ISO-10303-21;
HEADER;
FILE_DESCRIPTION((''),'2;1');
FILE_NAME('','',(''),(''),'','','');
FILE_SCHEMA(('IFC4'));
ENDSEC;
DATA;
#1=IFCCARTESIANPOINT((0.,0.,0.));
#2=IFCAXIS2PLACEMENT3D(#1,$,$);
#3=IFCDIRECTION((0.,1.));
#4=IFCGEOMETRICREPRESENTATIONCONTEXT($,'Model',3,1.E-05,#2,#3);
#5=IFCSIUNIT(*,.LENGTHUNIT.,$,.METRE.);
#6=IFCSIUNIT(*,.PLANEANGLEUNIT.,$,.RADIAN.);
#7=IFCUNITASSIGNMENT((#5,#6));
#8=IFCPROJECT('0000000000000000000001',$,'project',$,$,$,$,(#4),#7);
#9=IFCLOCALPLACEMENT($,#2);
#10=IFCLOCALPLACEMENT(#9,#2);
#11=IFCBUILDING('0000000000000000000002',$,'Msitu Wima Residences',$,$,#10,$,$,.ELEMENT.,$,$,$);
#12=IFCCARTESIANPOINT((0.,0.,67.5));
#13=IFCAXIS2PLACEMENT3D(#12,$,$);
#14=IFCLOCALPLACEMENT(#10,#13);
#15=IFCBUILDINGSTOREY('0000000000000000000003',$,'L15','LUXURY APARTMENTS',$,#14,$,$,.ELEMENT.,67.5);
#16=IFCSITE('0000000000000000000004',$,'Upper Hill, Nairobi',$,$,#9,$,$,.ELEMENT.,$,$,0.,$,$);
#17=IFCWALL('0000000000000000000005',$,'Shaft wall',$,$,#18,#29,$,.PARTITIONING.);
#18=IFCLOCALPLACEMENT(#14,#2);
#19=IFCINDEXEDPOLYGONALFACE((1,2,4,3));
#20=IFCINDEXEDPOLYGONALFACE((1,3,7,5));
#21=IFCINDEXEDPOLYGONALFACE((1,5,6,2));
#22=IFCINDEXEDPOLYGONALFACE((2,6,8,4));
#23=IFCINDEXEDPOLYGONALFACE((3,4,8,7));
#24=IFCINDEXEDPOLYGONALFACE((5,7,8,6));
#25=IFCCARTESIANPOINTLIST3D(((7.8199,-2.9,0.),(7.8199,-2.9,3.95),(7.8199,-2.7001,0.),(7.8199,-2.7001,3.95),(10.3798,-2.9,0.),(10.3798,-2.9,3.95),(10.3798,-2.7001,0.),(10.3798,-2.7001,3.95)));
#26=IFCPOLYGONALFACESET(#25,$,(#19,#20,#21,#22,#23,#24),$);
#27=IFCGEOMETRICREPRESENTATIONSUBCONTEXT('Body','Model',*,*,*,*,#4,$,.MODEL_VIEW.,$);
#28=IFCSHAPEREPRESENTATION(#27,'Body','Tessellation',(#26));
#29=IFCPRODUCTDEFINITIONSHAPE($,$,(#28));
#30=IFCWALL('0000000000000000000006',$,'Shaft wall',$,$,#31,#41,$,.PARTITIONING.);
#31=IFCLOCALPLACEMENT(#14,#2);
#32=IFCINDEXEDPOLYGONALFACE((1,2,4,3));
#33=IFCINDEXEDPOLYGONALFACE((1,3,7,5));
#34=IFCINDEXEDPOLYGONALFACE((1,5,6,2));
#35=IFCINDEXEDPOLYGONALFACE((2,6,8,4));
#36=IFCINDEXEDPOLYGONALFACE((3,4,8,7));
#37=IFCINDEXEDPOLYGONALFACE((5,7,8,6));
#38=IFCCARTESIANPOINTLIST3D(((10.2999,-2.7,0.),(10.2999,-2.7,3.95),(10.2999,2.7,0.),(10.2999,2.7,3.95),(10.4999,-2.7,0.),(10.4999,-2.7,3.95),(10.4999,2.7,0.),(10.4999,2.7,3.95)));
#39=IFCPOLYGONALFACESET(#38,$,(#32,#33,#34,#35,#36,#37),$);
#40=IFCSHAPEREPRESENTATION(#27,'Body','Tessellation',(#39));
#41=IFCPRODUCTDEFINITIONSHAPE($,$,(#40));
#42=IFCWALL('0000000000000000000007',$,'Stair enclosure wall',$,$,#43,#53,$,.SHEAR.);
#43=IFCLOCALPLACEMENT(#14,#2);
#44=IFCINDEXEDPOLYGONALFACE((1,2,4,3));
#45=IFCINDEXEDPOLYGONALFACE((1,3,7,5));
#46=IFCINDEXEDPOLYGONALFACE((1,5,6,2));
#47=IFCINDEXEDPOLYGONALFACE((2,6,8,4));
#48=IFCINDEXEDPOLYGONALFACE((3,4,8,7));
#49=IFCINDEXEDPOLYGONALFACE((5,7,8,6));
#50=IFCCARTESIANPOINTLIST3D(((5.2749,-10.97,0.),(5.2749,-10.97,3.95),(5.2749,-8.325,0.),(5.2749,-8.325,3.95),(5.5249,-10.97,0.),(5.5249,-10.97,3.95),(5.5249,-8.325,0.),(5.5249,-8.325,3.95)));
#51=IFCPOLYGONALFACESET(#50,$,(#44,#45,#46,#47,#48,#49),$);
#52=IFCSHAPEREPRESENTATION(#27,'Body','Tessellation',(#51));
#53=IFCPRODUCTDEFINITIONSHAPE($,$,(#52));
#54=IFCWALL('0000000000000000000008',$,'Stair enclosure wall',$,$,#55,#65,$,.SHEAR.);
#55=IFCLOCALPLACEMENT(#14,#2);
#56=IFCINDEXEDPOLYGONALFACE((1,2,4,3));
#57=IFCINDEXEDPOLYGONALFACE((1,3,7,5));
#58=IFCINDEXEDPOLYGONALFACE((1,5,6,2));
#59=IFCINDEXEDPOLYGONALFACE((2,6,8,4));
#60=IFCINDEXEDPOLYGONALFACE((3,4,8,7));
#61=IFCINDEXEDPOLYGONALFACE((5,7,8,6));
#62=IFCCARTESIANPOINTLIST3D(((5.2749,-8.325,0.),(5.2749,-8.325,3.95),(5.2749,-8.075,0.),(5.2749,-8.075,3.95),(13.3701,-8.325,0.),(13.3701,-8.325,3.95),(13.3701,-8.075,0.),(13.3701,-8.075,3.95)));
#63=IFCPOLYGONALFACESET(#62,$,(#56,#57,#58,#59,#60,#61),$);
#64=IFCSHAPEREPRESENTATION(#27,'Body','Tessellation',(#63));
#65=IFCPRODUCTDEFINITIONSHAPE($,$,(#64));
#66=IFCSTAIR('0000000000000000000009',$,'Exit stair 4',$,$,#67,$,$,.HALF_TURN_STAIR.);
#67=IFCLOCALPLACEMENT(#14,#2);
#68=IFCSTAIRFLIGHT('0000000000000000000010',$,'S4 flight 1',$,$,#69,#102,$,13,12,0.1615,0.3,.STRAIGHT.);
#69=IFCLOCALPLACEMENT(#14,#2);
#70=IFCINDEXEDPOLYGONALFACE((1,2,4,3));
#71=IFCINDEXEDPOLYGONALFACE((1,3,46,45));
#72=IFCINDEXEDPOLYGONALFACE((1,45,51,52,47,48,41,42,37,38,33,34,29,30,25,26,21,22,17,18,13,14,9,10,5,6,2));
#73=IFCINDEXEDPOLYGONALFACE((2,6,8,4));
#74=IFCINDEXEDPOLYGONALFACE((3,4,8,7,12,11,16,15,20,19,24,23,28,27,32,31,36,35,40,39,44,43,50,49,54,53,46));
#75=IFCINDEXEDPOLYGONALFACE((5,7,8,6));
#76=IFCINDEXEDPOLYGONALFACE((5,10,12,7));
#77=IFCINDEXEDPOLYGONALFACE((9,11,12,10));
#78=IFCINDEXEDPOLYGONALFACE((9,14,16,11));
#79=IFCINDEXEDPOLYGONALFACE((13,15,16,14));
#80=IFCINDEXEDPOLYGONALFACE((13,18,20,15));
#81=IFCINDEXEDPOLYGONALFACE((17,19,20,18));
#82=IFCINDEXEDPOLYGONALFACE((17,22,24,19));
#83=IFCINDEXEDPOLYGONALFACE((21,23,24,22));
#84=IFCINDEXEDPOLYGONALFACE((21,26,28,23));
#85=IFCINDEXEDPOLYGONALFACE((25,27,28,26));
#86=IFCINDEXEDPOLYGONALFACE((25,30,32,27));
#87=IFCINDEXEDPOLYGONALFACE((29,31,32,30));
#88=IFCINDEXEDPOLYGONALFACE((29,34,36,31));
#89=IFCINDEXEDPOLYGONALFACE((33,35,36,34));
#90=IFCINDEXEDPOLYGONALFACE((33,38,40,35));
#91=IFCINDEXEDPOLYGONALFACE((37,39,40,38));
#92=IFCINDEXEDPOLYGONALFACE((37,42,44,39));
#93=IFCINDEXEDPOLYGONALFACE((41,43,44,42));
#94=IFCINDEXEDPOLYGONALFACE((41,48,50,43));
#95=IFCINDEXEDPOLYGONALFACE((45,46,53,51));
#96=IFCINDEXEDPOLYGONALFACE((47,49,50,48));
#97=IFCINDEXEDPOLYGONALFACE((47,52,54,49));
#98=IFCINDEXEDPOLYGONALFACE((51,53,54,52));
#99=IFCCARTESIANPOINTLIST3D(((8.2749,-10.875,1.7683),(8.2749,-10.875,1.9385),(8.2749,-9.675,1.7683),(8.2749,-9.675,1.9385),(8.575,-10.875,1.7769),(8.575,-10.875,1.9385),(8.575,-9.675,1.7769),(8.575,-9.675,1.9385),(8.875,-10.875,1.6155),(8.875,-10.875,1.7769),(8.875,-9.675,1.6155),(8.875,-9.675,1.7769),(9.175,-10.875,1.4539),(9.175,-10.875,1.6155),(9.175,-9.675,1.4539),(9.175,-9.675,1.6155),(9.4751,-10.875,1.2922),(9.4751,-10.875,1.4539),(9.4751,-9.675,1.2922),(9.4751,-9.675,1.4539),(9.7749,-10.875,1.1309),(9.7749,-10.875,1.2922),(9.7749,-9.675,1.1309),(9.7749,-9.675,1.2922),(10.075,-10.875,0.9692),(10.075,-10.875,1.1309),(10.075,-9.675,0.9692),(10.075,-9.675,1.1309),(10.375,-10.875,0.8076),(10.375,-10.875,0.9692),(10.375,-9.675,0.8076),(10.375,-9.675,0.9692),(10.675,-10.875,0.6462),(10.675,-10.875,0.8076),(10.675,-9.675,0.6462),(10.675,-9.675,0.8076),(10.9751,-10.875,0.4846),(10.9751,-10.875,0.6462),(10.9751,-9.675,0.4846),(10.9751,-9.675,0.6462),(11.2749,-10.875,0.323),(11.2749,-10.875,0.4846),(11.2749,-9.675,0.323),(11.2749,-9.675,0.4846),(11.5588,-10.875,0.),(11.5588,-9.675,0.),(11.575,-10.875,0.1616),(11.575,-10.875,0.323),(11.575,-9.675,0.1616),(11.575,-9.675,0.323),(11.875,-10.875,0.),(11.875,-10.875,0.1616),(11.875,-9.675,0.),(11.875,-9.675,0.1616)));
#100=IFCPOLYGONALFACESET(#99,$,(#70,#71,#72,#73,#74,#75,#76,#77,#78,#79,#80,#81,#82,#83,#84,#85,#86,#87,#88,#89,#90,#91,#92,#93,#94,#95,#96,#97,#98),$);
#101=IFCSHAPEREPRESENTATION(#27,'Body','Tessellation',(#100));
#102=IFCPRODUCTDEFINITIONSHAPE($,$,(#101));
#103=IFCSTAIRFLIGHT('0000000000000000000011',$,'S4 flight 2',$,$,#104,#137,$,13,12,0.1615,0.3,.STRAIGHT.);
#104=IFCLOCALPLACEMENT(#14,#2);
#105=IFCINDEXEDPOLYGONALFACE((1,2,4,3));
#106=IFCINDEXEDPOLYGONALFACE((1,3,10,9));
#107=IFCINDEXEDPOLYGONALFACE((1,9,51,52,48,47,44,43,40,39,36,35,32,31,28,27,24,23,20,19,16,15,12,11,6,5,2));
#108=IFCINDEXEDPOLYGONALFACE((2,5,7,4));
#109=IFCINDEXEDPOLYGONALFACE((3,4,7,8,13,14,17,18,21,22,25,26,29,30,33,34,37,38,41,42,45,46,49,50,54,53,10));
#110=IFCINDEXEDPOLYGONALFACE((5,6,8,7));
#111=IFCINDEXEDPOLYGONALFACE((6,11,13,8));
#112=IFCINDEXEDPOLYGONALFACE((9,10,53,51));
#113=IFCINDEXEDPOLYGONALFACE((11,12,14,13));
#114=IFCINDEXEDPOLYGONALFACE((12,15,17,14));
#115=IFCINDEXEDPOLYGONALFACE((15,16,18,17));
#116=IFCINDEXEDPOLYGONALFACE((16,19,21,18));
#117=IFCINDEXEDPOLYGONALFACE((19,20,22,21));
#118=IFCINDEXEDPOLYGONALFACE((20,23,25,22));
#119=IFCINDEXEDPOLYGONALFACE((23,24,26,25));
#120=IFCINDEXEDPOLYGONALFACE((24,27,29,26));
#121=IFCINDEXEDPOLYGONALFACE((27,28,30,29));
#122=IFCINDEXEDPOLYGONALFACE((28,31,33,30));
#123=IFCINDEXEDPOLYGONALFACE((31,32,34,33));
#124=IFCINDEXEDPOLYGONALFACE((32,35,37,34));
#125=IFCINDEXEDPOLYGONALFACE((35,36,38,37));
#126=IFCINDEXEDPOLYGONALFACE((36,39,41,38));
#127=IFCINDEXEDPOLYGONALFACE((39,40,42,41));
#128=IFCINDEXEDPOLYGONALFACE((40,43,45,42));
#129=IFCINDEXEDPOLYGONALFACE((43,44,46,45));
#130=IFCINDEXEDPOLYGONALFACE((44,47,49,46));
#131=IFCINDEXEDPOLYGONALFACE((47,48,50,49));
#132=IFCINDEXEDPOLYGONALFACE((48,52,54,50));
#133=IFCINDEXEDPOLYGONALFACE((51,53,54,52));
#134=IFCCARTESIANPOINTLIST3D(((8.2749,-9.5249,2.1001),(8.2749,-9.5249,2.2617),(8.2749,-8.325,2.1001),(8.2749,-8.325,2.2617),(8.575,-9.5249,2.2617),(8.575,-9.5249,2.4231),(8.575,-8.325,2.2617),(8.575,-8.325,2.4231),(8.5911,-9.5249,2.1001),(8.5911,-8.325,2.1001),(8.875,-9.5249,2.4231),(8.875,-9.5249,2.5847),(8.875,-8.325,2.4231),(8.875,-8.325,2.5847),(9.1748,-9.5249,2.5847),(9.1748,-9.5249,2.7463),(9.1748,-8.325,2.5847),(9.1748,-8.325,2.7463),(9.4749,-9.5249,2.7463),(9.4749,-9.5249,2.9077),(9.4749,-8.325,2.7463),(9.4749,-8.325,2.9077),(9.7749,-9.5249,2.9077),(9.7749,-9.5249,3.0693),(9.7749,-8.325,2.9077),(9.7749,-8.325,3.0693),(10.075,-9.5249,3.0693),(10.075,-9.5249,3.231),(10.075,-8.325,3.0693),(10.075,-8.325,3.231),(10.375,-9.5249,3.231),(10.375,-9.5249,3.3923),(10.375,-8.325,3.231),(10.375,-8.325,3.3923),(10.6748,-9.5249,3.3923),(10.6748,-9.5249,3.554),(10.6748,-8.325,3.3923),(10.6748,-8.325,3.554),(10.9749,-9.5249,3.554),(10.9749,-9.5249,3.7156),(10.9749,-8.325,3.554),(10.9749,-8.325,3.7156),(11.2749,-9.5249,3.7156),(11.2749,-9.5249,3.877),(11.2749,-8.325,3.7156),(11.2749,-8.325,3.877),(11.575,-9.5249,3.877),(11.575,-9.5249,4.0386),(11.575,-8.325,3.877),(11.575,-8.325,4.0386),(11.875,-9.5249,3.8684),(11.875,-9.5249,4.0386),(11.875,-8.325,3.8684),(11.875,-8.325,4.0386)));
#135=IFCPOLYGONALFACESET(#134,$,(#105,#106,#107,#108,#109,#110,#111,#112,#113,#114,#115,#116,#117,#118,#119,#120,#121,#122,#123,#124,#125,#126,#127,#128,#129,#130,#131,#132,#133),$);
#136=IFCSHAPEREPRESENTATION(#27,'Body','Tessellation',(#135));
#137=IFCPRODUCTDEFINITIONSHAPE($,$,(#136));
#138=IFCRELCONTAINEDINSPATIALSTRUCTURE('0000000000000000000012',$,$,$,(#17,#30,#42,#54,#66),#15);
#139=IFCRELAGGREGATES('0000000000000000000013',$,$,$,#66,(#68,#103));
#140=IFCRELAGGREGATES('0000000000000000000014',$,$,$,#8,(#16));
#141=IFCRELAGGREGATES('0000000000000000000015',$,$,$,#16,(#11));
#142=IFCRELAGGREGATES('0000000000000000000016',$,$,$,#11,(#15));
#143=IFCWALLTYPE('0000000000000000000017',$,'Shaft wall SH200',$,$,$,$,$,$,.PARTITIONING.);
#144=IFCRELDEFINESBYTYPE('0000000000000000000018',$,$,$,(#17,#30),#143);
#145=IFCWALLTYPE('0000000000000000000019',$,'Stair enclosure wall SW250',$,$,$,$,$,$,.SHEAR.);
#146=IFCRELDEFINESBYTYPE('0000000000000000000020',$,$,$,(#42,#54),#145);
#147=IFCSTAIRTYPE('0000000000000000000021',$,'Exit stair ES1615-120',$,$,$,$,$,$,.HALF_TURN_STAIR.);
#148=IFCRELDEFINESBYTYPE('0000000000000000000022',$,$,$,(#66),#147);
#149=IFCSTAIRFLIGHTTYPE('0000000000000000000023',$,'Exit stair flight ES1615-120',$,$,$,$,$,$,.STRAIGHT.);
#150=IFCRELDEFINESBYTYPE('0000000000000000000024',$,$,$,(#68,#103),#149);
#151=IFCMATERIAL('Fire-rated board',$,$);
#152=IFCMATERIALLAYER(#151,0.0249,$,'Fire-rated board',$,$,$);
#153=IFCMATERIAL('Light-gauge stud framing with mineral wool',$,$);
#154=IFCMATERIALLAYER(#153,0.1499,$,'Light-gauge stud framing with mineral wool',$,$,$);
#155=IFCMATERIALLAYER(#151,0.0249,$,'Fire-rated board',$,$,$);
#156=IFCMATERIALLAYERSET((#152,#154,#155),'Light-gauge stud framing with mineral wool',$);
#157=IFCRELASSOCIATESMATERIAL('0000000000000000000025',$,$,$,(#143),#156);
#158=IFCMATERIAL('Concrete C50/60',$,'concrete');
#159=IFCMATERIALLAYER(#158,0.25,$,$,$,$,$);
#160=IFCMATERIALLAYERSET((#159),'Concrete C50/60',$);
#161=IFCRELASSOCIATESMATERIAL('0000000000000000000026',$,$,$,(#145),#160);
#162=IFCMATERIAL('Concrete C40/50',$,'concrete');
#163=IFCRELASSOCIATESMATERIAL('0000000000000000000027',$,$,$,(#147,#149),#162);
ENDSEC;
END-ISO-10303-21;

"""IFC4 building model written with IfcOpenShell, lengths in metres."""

from ifc_helpers import new_model, si_unit, direction, frame, frame_2d, origin, place, context, subcontext, project, spatial, polyline, rectangle, outline, extrude, material, layer, layer_set, type_object, element, aggregate, save


model = new_model("IFC4")

# Units and contexts
model_context = context("Model", 3, precision=1e-05, world=origin(), true_north=direction((0.0, 1.0)))
body_context = subcontext(model_context, "Body", "Model", "MODEL_VIEW")
ifc_project = project(units=[si_unit("LENGTHUNIT", "METRE"), si_unit("PLANEANGLEUNIT", "RADIAN")], contexts=[model_context])

# Site, building, storey
site_placement = place(None, origin())
site = spatial("IfcSite", under=ifc_project, at=site_placement, Name="Upper Hill, Nairobi", CompositionType="ELEMENT", RefElevation=0.0)
building_placement = place(site_placement, origin())
building = spatial("IfcBuilding", under=site, at=building_placement, Name="Msitu Wima Residences", CompositionType="ELEMENT")
storey_placement = place(building_placement, frame((0.0, 0.0, 67.5)))
storey = spatial("IfcBuildingStorey", under=building, at=storey_placement, Name="L15", Description="LUXURY APARTMENTS", CompositionType="ELEMENT", Elevation=67.5)

# Shared definitions
ifc_material_1 = material(Name="Concrete C40/50", Category="concrete")

# Walls
ifc_material_2 = material(Name="Fire-rated board")
ifc_layer_1 = layer(ifc_material_2, 0.0249, Name="Fire-rated board")
ifc_material_3 = material(Name="Light-gauge stud framing with mineral wool")
ifc_layer_2 = layer(ifc_material_3, 0.1499, Name="Light-gauge stud framing with mineral wool")
ifc_layer_3 = layer(ifc_material_2, 0.0249, Name="Fire-rated board")
ifc_layer_set_1 = layer_set([ifc_layer_1, ifc_layer_2, ifc_layer_3], Name="Light-gauge stud framing with mineral wool")
wall_type_1 = type_object("IfcWallType", Name="Shaft wall SH200", PredefinedType="PARTITIONING", material=ifc_layer_set_1)
wall_1_placement = place(storey_placement, frame((7.8201, -2.8, 0.0), z_axis=(0.0, 0.0, 1.0), x_axis=(1.0, 0.0, 0.0)))
element("IfcWall", 1, at=wall_1_placement, inside=storey, type_object=wall_type_1, Name="Shaft wall", PredefinedType="PARTITIONING", context=body_context, shape_type="SweptSolid", body=[
    extrude(rectangle(XDim=2.5598, YDim=0.2, at=frame_2d((1.2798, 0.0))), origin(), (0.0, 0.0, 1.0), 3.95),
])
wall_2_placement = place(storey_placement, frame((10.3999, -2.7, 0.0), z_axis=(0.0, 0.0, 1.0), x_axis=(0.0, 1.0, 0.0)))
element("IfcWall", 2, at=wall_2_placement, inside=storey, type_object=wall_type_1, Name="Shaft wall", PredefinedType="PARTITIONING", context=body_context, shape_type="SweptSolid", body=[
    extrude(rectangle(XDim=5.3999, YDim=0.2, at=frame_2d((2.7, 0.0))), origin(), (0.0, 0.0, 1.0), 3.95),
])
ifc_material_4 = material(Name="Concrete C50/60", Category="concrete")
ifc_layer_4 = layer(ifc_material_4, 0.25)
ifc_layer_set_2 = layer_set([ifc_layer_4], Name="Concrete C50/60")
wall_type_2 = type_object("IfcWallType", Name="Stair enclosure wall SW250", PredefinedType="SHEAR", material=ifc_layer_set_2)
wall_3_placement = place(storey_placement, frame((5.3999, -10.97, 0.0), z_axis=(0.0, 0.0, 1.0), x_axis=(0.0, 1.0, 0.0)))
element("IfcWall", 3, at=wall_3_placement, inside=storey, type_object=wall_type_2, Name="Stair enclosure wall", PredefinedType="SHEAR", context=body_context, shape_type="SweptSolid", body=[
    extrude(rectangle(XDim=2.645, YDim=0.25, at=frame_2d((1.3225, 0.0))), origin(), (0.0, 0.0, 1.0), 3.95),
])
wall_4_placement = place(storey_placement, frame((5.2749, -8.2, 0.0), z_axis=(0.0, 0.0, 1.0), x_axis=(1.0, 0.0, 0.0)))
element("IfcWall", 4, at=wall_4_placement, inside=storey, type_object=wall_type_2, Name="Stair enclosure wall", PredefinedType="SHEAR", context=body_context, shape_type="SweptSolid", body=[
    extrude(rectangle(XDim=8.0952, YDim=0.25, at=frame_2d((4.0476, 0.0))), origin(), (0.0, 0.0, 1.0), 3.95),
])

# Stair, stair flights
stair_type = type_object("IfcStairType", Name="Exit stair ES1615-120", PredefinedType="HALF_TURN_STAIR", material=ifc_material_1)
stair_placement = place(storey_placement, origin())
stair = element("IfcStair", 5, at=stair_placement, inside=storey, type_object=stair_type, Name="Exit stair 4", PredefinedType="HALF_TURN_STAIR")
stair_flight_type = type_object("IfcStairFlightType", Name="Exit stair flight ES1615-120", PredefinedType="STRAIGHT", material=ifc_material_1)
stair_flight_1_placement = place(storey_placement, frame((11.875, -10.2749, 0.0), z_axis=(0.0, 0.0, 1.0), x_axis=(-1.0, 0.0, 0.0)))
stair_flight_1 = element("IfcStairFlight", 6, at=stair_flight_1_placement, type_object=stair_flight_type, Name="S4 flight 1", NumberOfRisers=13, NumberOfTreads=12, PredefinedType="STRAIGHT", RiserHeight=0.1615, TreadLength=0.3, context=body_context, shape_type="SweptSolid", body=[
    extrude(outline(polyline([(0.0, 0.0), (0.0, 0.1616), (0.3, 0.1616), (0.3, 0.323), (0.6001, 0.323), (0.6001, 0.4846), (0.8999, 0.4846), (0.8999, 0.6462), (1.2, 0.6462), (1.2, 0.8076), (1.5, 0.8076), (1.5, 0.9692), (1.8, 0.9692), (1.8, 1.1309), (2.1001, 1.1309), (2.1001, 1.2922), (2.3999, 1.2922), (2.3999, 1.4539), (2.7, 1.4539), (2.7, 1.6155), (3.0, 1.6155), (3.0, 1.7769), (3.3, 1.7769), (3.3, 1.9385), (3.6001, 1.9385), (3.6001, 2.1001), (3.6001, 1.7683), (0.3162, 0.0), (0.0, 0.0)])), frame((0.0, 0.6001, 0.0), z_axis=(0.0, -1.0, 0.0), x_axis=(1.0, 0.0, 0.0)), (0.0, 0.0, 1.0), 1.2),
])
stair_flight_2_placement = place(storey_placement, frame((8.2749, -8.925, 2.1001), z_axis=(0.0, 0.0, 1.0), x_axis=(1.0, 0.0, 0.0)))
stair_flight_2 = element("IfcStairFlight", 7, at=stair_flight_2_placement, type_object=stair_flight_type, Name="S4 flight 2", NumberOfRisers=13, NumberOfTreads=12, PredefinedType="STRAIGHT", RiserHeight=0.1615, TreadLength=0.3, context=body_context, shape_type="SweptSolid", body=[
    extrude(outline(polyline([(0.0, 0.0), (0.0, 0.1616), (0.3, 0.1616), (0.3, 0.323), (0.6001, 0.323), (0.6001, 0.4846), (0.8999, 0.4846), (0.8999, 0.6462), (1.2, 0.6462), (1.2, 0.8076), (1.5, 0.8076), (1.5, 0.9692), (1.8, 0.9692), (1.8, 1.1309), (2.1001, 1.1309), (2.1001, 1.2922), (2.3999, 1.2922), (2.3999, 1.4539), (2.7, 1.4539), (2.7, 1.6155), (3.0, 1.6155), (3.0, 1.7769), (3.3, 1.7769), (3.3, 1.9385), (3.6001, 1.9385), (3.6001, 2.1001), (3.6001, 1.7683), (0.3162, 0.0), (0.0, 0.0)])), frame((0.0, 0.6001, 0.0), z_axis=(0.0, -1.0, 0.0), x_axis=(1.0, 0.0, 0.0)), (0.0, 0.0, 1.0), 1.2),
])
aggregate(stair, [stair_flight_1, stair_flight_2])

save(model, "model.ifc")
